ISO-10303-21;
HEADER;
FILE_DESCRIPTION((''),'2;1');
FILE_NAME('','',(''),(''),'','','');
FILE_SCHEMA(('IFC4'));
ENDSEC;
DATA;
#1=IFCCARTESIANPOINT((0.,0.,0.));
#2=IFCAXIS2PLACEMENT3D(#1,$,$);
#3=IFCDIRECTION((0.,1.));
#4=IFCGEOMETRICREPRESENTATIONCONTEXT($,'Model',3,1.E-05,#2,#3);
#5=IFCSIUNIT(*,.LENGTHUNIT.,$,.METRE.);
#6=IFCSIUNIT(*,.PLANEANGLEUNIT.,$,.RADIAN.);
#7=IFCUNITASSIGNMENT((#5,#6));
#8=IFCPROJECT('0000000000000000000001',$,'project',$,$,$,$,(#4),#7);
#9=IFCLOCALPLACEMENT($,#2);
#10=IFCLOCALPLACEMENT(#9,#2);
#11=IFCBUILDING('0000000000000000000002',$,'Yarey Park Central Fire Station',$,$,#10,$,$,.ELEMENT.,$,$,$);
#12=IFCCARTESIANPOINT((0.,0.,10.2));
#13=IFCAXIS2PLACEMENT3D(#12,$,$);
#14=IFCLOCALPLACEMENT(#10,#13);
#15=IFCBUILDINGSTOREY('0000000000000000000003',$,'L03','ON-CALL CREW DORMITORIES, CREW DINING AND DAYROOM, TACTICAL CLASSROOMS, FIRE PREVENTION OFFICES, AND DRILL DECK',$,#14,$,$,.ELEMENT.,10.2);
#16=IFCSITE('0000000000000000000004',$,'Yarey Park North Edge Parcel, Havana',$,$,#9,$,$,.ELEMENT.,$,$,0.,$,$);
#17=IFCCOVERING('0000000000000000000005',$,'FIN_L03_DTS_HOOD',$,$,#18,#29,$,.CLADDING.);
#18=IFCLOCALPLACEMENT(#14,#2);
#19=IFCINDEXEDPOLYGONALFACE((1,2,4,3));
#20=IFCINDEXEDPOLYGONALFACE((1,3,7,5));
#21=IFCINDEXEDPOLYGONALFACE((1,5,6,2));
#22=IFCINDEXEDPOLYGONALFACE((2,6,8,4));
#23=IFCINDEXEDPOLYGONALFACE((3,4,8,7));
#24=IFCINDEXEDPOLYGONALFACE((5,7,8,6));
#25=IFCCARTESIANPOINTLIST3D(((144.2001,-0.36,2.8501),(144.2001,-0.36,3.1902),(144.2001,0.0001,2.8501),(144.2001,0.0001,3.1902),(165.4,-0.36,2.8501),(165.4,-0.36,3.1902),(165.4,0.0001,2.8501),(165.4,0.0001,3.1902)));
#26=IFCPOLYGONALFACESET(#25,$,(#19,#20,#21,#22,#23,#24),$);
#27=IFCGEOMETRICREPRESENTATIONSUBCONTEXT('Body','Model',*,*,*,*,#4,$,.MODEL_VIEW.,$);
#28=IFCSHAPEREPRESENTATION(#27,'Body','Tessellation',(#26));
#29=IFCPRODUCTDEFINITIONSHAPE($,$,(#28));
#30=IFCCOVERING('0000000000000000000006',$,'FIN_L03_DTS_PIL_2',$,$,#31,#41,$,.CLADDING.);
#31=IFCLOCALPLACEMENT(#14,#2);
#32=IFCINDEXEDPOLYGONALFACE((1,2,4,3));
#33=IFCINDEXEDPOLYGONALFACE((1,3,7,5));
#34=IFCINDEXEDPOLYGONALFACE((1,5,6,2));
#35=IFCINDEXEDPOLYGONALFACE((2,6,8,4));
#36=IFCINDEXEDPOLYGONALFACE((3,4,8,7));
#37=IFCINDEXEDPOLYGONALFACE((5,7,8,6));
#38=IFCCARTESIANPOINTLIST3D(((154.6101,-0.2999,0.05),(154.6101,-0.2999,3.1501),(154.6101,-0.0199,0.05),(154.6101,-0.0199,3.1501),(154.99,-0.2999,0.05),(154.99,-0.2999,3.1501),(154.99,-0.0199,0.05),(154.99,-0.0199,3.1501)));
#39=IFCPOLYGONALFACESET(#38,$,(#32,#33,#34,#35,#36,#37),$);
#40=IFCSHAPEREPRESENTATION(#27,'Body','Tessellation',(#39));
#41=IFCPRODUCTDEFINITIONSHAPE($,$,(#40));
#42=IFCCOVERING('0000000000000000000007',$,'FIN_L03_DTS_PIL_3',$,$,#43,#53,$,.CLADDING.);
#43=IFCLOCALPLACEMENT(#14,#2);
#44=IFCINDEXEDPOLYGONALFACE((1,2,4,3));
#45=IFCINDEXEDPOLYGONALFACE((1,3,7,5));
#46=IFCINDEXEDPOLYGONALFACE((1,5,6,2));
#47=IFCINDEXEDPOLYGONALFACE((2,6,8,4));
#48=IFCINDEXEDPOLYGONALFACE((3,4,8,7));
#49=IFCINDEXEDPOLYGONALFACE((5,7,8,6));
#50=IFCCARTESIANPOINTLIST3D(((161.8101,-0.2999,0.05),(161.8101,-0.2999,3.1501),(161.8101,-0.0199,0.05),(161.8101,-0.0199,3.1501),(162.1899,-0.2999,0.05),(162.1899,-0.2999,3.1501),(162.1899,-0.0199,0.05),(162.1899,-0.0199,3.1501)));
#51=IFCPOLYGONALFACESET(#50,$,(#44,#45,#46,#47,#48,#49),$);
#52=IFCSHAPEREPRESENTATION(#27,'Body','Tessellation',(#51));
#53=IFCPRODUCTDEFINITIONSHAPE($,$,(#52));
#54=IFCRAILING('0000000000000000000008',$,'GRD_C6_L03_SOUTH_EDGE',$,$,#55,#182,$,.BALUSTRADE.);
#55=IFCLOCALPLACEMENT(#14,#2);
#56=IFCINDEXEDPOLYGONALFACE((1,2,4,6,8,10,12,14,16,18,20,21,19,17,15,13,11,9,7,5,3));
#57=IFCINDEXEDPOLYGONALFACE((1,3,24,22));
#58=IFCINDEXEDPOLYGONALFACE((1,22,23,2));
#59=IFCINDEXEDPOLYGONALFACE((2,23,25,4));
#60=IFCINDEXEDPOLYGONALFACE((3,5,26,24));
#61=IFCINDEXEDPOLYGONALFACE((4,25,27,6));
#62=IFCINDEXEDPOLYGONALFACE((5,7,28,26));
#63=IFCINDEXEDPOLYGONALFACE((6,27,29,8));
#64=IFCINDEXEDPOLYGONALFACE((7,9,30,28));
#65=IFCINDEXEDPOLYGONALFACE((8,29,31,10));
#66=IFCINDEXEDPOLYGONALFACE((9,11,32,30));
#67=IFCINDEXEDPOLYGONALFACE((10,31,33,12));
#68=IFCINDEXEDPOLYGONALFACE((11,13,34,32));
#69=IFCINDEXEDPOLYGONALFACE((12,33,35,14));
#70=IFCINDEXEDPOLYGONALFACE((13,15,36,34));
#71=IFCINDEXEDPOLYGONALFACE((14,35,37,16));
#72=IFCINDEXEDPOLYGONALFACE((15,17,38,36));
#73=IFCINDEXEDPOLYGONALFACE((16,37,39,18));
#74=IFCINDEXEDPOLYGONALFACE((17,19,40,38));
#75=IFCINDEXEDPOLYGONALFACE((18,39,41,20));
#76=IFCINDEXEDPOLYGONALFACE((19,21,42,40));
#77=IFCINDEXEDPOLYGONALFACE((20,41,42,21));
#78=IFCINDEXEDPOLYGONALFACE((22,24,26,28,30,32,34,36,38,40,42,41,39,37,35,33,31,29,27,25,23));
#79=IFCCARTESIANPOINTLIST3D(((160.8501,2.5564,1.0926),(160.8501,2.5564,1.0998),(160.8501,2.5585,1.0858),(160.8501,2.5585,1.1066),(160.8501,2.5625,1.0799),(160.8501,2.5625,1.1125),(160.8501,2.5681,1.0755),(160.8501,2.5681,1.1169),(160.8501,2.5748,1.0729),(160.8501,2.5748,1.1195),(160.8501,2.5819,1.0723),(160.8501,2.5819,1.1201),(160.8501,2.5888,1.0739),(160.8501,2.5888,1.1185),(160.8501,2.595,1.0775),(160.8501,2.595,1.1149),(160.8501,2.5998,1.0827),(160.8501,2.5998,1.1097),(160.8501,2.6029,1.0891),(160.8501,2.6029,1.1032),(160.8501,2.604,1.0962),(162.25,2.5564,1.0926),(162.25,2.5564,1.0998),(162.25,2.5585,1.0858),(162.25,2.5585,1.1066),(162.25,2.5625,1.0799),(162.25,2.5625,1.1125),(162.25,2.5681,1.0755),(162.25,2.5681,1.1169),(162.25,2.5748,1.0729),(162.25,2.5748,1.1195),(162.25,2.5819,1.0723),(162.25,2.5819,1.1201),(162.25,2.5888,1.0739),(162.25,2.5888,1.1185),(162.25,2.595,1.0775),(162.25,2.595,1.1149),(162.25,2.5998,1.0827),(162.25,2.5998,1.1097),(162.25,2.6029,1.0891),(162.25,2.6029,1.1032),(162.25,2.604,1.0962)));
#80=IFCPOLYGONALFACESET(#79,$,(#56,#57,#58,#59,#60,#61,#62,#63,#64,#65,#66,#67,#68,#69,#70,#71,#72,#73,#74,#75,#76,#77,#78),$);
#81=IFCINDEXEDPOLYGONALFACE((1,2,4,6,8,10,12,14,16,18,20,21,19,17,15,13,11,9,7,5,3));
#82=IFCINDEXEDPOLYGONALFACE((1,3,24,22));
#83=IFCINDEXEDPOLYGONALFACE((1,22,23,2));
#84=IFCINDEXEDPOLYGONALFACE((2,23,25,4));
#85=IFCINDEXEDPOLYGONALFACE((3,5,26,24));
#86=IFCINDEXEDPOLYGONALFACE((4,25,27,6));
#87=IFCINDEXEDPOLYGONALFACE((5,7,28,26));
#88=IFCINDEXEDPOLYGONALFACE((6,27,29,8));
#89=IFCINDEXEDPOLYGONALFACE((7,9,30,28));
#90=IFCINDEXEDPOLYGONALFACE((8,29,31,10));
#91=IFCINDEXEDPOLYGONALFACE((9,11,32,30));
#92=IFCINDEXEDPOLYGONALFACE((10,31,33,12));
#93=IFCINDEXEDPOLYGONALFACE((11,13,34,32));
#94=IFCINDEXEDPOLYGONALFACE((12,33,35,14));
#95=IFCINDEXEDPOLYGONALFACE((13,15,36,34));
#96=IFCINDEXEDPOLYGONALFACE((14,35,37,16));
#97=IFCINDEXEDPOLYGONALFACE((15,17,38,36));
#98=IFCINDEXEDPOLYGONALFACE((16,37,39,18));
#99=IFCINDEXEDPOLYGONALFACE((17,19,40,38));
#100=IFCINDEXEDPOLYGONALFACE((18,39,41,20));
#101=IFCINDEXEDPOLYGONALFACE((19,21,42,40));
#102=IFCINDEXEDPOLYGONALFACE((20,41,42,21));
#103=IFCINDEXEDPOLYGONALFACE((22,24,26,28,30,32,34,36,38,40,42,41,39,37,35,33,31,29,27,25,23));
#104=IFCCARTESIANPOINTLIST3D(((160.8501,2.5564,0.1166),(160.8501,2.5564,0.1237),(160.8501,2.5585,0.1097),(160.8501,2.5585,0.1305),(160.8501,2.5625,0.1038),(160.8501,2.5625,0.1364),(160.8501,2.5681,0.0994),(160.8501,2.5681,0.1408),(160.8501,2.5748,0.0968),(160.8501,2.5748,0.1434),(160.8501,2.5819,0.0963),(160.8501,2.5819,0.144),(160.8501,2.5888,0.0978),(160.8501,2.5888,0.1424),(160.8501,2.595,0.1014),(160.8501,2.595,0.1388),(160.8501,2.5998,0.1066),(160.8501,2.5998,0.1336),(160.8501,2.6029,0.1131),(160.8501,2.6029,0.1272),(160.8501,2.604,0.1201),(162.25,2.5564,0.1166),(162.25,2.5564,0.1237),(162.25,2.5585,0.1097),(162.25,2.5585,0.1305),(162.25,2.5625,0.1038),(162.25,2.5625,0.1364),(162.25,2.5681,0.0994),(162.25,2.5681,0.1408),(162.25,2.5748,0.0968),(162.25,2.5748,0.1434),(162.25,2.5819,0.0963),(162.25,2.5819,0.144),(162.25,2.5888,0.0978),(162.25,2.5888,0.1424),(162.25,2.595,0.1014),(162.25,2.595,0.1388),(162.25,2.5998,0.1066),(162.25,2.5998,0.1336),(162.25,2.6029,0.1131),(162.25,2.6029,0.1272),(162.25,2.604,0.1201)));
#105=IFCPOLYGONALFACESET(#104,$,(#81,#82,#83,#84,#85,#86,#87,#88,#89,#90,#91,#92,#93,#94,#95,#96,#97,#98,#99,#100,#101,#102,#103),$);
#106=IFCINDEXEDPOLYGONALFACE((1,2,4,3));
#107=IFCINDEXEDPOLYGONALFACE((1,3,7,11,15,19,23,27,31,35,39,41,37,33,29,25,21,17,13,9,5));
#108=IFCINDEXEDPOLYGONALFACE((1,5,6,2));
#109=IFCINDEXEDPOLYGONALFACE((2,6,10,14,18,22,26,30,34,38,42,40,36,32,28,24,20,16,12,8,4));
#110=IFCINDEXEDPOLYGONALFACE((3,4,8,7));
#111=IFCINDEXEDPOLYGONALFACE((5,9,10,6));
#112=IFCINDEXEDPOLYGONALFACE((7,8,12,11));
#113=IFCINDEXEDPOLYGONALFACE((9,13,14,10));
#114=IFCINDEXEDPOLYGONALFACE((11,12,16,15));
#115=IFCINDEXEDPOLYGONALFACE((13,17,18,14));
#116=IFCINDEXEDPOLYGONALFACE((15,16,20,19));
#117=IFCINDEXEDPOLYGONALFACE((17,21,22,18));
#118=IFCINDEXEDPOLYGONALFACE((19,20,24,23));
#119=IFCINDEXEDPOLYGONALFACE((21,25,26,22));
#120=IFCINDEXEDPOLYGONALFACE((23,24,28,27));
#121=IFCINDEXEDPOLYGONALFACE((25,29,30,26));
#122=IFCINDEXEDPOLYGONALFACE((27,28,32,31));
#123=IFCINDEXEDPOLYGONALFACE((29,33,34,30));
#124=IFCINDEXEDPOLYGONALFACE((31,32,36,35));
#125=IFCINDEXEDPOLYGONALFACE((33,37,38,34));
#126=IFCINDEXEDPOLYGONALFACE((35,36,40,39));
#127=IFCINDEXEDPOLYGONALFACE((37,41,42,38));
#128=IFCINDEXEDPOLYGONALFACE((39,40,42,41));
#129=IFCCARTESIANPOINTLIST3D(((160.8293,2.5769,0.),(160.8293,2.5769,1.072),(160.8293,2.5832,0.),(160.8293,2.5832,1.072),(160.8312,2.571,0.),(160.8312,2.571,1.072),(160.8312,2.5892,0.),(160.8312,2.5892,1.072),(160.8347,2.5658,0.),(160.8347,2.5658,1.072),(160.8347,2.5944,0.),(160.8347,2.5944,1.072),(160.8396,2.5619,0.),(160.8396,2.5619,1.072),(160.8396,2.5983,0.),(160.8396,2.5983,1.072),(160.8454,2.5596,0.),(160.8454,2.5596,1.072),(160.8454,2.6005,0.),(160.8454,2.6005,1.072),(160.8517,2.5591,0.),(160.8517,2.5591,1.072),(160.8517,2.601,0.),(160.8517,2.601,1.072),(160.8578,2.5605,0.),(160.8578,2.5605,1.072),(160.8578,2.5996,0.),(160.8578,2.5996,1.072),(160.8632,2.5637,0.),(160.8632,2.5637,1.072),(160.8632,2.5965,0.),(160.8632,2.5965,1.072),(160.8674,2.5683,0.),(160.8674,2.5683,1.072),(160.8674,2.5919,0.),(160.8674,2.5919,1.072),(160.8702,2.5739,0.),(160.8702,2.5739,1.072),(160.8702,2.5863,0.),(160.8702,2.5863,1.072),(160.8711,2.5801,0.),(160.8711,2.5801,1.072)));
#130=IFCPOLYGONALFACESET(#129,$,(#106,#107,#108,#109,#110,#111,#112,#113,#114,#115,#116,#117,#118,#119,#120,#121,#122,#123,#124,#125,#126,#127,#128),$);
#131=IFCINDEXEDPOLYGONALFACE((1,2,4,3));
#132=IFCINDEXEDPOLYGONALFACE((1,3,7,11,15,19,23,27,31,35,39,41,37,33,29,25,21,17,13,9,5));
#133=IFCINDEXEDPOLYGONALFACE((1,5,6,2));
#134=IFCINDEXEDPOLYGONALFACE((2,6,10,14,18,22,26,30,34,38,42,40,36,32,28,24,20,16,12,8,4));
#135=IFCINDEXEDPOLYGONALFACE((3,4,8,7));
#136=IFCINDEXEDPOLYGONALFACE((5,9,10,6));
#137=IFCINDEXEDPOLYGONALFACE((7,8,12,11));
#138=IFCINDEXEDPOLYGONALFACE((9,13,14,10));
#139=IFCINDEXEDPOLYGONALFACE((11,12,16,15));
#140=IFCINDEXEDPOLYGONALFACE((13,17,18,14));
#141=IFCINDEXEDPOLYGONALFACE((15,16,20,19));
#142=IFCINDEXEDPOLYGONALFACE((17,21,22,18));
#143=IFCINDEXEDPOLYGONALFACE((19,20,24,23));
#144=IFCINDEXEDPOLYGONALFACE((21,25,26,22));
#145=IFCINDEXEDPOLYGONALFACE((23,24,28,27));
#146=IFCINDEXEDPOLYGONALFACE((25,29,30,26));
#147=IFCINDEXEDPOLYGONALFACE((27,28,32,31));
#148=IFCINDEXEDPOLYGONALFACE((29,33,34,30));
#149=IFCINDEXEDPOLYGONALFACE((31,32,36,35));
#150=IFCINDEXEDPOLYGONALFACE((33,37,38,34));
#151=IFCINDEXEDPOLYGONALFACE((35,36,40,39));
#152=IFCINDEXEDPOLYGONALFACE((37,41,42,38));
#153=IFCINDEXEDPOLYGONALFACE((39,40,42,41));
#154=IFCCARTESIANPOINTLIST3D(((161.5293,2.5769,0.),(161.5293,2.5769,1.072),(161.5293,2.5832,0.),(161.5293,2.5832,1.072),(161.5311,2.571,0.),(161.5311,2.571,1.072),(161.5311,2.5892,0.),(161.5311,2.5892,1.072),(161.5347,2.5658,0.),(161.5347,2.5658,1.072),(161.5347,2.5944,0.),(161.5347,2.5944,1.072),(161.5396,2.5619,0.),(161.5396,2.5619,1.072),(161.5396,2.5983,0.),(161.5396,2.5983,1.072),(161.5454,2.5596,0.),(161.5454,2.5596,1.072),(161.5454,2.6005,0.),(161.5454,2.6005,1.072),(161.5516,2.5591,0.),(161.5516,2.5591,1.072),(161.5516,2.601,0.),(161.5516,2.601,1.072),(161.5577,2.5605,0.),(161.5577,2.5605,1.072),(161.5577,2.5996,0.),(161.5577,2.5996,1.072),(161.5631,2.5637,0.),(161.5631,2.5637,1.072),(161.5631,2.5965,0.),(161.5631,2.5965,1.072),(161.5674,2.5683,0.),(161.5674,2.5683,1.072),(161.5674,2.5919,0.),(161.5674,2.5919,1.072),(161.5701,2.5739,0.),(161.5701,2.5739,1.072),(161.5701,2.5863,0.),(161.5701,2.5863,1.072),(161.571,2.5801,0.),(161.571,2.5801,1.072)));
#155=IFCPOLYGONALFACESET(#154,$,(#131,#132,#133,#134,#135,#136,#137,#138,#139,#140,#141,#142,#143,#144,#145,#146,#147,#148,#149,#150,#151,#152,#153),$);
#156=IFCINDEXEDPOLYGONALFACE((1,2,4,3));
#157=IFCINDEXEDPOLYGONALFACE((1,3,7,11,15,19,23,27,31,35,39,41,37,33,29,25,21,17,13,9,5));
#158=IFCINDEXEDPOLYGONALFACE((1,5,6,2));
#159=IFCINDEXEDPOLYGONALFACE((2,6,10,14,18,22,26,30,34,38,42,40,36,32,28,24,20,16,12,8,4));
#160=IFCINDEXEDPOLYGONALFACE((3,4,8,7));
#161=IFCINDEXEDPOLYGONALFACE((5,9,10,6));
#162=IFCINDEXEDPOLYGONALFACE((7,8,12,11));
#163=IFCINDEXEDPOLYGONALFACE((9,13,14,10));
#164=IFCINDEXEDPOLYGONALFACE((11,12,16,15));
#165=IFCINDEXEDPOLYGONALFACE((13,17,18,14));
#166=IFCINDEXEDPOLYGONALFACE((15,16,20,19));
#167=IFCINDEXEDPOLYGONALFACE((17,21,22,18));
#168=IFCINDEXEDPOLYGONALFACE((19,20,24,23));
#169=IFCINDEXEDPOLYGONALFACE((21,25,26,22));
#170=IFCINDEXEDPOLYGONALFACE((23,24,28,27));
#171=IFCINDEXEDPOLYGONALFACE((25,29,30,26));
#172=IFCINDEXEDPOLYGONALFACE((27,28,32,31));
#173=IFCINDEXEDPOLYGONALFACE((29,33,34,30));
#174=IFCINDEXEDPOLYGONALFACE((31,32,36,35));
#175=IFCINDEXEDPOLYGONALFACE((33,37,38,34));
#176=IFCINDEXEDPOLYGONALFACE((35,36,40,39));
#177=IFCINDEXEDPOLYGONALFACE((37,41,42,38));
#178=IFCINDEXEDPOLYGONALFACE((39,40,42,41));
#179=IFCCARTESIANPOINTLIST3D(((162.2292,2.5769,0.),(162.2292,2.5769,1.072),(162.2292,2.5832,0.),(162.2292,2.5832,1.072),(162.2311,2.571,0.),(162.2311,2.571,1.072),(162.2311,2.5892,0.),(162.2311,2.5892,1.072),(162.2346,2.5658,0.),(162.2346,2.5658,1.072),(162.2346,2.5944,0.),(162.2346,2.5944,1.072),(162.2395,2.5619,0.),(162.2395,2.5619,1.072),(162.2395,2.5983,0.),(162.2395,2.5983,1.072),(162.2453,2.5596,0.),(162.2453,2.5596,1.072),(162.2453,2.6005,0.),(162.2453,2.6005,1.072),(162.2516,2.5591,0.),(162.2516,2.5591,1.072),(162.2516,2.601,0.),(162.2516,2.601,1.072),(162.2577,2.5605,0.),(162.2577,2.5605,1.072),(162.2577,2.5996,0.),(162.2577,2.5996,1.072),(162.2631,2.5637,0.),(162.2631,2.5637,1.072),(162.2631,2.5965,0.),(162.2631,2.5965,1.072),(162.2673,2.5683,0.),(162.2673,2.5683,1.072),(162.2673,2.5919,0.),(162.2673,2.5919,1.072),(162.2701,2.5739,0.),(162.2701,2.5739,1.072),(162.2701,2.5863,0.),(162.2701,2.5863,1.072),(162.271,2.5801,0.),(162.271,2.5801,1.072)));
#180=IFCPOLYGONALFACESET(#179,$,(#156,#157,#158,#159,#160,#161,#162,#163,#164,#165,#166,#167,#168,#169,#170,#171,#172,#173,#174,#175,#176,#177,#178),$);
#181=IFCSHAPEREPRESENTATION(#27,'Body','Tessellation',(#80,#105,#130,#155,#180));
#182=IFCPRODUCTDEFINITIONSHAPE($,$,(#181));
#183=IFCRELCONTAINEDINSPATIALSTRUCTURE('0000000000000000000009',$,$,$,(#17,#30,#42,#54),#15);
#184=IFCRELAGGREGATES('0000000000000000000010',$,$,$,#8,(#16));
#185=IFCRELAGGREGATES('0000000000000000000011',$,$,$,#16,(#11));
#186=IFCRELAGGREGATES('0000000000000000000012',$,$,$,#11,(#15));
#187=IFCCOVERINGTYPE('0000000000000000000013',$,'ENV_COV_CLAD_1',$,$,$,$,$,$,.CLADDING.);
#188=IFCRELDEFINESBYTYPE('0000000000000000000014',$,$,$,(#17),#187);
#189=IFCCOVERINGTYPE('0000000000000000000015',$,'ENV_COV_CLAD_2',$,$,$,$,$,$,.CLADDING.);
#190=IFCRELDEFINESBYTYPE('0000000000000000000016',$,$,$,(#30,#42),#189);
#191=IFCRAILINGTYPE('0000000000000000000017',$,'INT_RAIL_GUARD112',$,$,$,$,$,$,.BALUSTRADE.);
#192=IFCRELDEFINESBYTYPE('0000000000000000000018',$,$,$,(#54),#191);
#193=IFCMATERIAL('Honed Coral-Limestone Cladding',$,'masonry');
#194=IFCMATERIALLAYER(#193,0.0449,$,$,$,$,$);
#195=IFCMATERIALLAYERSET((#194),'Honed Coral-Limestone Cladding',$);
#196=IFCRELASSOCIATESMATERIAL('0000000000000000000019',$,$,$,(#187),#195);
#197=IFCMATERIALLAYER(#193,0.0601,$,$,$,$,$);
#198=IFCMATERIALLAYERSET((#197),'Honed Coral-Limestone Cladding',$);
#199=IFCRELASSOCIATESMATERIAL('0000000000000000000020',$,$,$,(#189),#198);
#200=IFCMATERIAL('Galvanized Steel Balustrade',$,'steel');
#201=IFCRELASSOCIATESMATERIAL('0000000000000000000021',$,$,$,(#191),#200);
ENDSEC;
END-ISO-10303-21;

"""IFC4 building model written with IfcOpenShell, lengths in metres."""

from ifc_helpers import new_model, si_unit, direction, frame, origin, origin_2d, place, context, subcontext, project, spatial, rectangle, circle, extrude, material, layer, layer_set, type_object, element, save


model = new_model("IFC4")

# Units and contexts
model_context = context("Model", 3, precision=1e-05, world=origin(), true_north=direction((0.0, 1.0)))
body_context = subcontext(model_context, "Body", "Model", "MODEL_VIEW")
ifc_project = project(units=[si_unit("LENGTHUNIT", "METRE"), si_unit("PLANEANGLEUNIT", "RADIAN")], contexts=[model_context])

# Site, building, storey
site_placement = place(None, origin())
site = spatial("IfcSite", under=ifc_project, at=site_placement, Name="Yarey Park North Edge Parcel, Havana", CompositionType="ELEMENT", RefElevation=0.0)
building_placement = place(site_placement, origin())
building = spatial("IfcBuilding", under=site, at=building_placement, Name="Yarey Park Central Fire Station", CompositionType="ELEMENT")
storey_placement = place(building_placement, frame((0.0, 0.0, 10.2)))
storey = spatial("IfcBuildingStorey", under=building, at=storey_placement, Name="L03", Description="ON-CALL CREW DORMITORIES, CREW DINING AND DAYROOM, TACTICAL CLASSROOMS, FIRE PREVENTION OFFICES, AND DRILL DECK", CompositionType="ELEMENT", Elevation=10.2)

# Coverings
ifc_material_1 = material(Name="Honed Coral-Limestone Cladding", Category="masonry")
ifc_layer_1 = layer(ifc_material_1, 0.0449)
ifc_layer_set_1 = layer_set([ifc_layer_1], Name="Honed Coral-Limestone Cladding")
covering_type_1 = type_object("IfcCoveringType", Name="ENV_COV_CLAD_1", PredefinedType="CLADDING", material=ifc_layer_set_1)
covering_placement = place(storey_placement, frame((154.8, -0.1799, 2.8501), z_axis=(0.0, 0.0, 1.0), x_axis=(1.0, 0.0, 0.0)))
element("IfcCovering", 1, at=covering_placement, inside=storey, type_object=covering_type_1, Name="FIN_L03_DTS_HOOD", PredefinedType="CLADDING", context=body_context, shape_type="SweptSolid", body=[
    extrude(rectangle(XDim=21.2, YDim=0.3601, at=origin_2d()), origin(), (0.0, 0.0, 1.0), 0.3401),
])
ifc_layer_2 = layer(ifc_material_1, 0.0601)
ifc_layer_set_2 = layer_set([ifc_layer_2], Name="Honed Coral-Limestone Cladding")
covering_type_2 = type_object("IfcCoveringType", Name="ENV_COV_CLAD_2", PredefinedType="CLADDING", material=ifc_layer_set_2)
for number, where, z_axis, x_axis, name in (
    (2, (154.8, -0.1599, 0.05), (0.0, 0.0, 1.0), (1.0, 0.0, 0.0), "FIN_L03_DTS_PIL_2"),
    (3, (162.0, -0.1599, 0.05), (0.0, 0.0, 1.0), (1.0, 0.0, 0.0), "FIN_L03_DTS_PIL_3"),
):
    element("IfcCovering", number, at=place(storey_placement, frame(where, z_axis=z_axis, x_axis=x_axis)), inside=storey, type_object=covering_type_2, Name=name, PredefinedType="CLADDING", context=body_context, shape_type="SweptSolid", body=[
        extrude(rectangle(XDim=0.3799, YDim=0.28, at=origin_2d()), origin(), (0.0, 0.0, 1.0), 3.1001),
    ])

# Railing
ifc_material_2 = material(Name="Galvanized Steel Balustrade", Category="steel")
railing_type_1 = type_object("IfcRailingType", Name="INT_RAIL_GUARD112", PredefinedType="BALUSTRADE", material=ifc_material_2)
railing_1_placement = place(storey_placement, frame((160.8501, 2.5801, 0.0)))
element("IfcRailing", 4, at=railing_1_placement, inside=storey, type_object=railing_type_1, Name="GRD_C6_L03_SOUTH_EDGE", PredefinedType="BALUSTRADE", context=body_context, shape_type="SweptSolid", body=[
    extrude(circle(Radius=0.0239, at=origin_2d()), frame((0.0, 0.0, 1.0962), z_axis=(1.0, 0.0, 0.0), x_axis=(0.0, 1.0, 0.0)), (0.0, 0.0, 1.0), 1.3999),
    extrude(circle(Radius=0.0239, at=origin_2d()), frame((0.0, 0.0, 0.1201), z_axis=(1.0, 0.0, 0.0), x_axis=(0.0, 1.0, 0.0)), (0.0, 0.0, 1.0), 1.3999),
    extrude(circle(Radius=0.021, at=origin_2d()), origin(), (0.0, 0.0, 1.0), 1.072),
    extrude(circle(Radius=0.021, at=origin_2d()), frame((0.7, 0.0, 0.0)), (0.0, 0.0, 1.0), 1.072),
    extrude(circle(Radius=0.021, at=origin_2d()), frame((1.3999, 0.0, 0.0)), (0.0, 0.0, 1.0), 1.072),
])

save(model, "model.ifc")
